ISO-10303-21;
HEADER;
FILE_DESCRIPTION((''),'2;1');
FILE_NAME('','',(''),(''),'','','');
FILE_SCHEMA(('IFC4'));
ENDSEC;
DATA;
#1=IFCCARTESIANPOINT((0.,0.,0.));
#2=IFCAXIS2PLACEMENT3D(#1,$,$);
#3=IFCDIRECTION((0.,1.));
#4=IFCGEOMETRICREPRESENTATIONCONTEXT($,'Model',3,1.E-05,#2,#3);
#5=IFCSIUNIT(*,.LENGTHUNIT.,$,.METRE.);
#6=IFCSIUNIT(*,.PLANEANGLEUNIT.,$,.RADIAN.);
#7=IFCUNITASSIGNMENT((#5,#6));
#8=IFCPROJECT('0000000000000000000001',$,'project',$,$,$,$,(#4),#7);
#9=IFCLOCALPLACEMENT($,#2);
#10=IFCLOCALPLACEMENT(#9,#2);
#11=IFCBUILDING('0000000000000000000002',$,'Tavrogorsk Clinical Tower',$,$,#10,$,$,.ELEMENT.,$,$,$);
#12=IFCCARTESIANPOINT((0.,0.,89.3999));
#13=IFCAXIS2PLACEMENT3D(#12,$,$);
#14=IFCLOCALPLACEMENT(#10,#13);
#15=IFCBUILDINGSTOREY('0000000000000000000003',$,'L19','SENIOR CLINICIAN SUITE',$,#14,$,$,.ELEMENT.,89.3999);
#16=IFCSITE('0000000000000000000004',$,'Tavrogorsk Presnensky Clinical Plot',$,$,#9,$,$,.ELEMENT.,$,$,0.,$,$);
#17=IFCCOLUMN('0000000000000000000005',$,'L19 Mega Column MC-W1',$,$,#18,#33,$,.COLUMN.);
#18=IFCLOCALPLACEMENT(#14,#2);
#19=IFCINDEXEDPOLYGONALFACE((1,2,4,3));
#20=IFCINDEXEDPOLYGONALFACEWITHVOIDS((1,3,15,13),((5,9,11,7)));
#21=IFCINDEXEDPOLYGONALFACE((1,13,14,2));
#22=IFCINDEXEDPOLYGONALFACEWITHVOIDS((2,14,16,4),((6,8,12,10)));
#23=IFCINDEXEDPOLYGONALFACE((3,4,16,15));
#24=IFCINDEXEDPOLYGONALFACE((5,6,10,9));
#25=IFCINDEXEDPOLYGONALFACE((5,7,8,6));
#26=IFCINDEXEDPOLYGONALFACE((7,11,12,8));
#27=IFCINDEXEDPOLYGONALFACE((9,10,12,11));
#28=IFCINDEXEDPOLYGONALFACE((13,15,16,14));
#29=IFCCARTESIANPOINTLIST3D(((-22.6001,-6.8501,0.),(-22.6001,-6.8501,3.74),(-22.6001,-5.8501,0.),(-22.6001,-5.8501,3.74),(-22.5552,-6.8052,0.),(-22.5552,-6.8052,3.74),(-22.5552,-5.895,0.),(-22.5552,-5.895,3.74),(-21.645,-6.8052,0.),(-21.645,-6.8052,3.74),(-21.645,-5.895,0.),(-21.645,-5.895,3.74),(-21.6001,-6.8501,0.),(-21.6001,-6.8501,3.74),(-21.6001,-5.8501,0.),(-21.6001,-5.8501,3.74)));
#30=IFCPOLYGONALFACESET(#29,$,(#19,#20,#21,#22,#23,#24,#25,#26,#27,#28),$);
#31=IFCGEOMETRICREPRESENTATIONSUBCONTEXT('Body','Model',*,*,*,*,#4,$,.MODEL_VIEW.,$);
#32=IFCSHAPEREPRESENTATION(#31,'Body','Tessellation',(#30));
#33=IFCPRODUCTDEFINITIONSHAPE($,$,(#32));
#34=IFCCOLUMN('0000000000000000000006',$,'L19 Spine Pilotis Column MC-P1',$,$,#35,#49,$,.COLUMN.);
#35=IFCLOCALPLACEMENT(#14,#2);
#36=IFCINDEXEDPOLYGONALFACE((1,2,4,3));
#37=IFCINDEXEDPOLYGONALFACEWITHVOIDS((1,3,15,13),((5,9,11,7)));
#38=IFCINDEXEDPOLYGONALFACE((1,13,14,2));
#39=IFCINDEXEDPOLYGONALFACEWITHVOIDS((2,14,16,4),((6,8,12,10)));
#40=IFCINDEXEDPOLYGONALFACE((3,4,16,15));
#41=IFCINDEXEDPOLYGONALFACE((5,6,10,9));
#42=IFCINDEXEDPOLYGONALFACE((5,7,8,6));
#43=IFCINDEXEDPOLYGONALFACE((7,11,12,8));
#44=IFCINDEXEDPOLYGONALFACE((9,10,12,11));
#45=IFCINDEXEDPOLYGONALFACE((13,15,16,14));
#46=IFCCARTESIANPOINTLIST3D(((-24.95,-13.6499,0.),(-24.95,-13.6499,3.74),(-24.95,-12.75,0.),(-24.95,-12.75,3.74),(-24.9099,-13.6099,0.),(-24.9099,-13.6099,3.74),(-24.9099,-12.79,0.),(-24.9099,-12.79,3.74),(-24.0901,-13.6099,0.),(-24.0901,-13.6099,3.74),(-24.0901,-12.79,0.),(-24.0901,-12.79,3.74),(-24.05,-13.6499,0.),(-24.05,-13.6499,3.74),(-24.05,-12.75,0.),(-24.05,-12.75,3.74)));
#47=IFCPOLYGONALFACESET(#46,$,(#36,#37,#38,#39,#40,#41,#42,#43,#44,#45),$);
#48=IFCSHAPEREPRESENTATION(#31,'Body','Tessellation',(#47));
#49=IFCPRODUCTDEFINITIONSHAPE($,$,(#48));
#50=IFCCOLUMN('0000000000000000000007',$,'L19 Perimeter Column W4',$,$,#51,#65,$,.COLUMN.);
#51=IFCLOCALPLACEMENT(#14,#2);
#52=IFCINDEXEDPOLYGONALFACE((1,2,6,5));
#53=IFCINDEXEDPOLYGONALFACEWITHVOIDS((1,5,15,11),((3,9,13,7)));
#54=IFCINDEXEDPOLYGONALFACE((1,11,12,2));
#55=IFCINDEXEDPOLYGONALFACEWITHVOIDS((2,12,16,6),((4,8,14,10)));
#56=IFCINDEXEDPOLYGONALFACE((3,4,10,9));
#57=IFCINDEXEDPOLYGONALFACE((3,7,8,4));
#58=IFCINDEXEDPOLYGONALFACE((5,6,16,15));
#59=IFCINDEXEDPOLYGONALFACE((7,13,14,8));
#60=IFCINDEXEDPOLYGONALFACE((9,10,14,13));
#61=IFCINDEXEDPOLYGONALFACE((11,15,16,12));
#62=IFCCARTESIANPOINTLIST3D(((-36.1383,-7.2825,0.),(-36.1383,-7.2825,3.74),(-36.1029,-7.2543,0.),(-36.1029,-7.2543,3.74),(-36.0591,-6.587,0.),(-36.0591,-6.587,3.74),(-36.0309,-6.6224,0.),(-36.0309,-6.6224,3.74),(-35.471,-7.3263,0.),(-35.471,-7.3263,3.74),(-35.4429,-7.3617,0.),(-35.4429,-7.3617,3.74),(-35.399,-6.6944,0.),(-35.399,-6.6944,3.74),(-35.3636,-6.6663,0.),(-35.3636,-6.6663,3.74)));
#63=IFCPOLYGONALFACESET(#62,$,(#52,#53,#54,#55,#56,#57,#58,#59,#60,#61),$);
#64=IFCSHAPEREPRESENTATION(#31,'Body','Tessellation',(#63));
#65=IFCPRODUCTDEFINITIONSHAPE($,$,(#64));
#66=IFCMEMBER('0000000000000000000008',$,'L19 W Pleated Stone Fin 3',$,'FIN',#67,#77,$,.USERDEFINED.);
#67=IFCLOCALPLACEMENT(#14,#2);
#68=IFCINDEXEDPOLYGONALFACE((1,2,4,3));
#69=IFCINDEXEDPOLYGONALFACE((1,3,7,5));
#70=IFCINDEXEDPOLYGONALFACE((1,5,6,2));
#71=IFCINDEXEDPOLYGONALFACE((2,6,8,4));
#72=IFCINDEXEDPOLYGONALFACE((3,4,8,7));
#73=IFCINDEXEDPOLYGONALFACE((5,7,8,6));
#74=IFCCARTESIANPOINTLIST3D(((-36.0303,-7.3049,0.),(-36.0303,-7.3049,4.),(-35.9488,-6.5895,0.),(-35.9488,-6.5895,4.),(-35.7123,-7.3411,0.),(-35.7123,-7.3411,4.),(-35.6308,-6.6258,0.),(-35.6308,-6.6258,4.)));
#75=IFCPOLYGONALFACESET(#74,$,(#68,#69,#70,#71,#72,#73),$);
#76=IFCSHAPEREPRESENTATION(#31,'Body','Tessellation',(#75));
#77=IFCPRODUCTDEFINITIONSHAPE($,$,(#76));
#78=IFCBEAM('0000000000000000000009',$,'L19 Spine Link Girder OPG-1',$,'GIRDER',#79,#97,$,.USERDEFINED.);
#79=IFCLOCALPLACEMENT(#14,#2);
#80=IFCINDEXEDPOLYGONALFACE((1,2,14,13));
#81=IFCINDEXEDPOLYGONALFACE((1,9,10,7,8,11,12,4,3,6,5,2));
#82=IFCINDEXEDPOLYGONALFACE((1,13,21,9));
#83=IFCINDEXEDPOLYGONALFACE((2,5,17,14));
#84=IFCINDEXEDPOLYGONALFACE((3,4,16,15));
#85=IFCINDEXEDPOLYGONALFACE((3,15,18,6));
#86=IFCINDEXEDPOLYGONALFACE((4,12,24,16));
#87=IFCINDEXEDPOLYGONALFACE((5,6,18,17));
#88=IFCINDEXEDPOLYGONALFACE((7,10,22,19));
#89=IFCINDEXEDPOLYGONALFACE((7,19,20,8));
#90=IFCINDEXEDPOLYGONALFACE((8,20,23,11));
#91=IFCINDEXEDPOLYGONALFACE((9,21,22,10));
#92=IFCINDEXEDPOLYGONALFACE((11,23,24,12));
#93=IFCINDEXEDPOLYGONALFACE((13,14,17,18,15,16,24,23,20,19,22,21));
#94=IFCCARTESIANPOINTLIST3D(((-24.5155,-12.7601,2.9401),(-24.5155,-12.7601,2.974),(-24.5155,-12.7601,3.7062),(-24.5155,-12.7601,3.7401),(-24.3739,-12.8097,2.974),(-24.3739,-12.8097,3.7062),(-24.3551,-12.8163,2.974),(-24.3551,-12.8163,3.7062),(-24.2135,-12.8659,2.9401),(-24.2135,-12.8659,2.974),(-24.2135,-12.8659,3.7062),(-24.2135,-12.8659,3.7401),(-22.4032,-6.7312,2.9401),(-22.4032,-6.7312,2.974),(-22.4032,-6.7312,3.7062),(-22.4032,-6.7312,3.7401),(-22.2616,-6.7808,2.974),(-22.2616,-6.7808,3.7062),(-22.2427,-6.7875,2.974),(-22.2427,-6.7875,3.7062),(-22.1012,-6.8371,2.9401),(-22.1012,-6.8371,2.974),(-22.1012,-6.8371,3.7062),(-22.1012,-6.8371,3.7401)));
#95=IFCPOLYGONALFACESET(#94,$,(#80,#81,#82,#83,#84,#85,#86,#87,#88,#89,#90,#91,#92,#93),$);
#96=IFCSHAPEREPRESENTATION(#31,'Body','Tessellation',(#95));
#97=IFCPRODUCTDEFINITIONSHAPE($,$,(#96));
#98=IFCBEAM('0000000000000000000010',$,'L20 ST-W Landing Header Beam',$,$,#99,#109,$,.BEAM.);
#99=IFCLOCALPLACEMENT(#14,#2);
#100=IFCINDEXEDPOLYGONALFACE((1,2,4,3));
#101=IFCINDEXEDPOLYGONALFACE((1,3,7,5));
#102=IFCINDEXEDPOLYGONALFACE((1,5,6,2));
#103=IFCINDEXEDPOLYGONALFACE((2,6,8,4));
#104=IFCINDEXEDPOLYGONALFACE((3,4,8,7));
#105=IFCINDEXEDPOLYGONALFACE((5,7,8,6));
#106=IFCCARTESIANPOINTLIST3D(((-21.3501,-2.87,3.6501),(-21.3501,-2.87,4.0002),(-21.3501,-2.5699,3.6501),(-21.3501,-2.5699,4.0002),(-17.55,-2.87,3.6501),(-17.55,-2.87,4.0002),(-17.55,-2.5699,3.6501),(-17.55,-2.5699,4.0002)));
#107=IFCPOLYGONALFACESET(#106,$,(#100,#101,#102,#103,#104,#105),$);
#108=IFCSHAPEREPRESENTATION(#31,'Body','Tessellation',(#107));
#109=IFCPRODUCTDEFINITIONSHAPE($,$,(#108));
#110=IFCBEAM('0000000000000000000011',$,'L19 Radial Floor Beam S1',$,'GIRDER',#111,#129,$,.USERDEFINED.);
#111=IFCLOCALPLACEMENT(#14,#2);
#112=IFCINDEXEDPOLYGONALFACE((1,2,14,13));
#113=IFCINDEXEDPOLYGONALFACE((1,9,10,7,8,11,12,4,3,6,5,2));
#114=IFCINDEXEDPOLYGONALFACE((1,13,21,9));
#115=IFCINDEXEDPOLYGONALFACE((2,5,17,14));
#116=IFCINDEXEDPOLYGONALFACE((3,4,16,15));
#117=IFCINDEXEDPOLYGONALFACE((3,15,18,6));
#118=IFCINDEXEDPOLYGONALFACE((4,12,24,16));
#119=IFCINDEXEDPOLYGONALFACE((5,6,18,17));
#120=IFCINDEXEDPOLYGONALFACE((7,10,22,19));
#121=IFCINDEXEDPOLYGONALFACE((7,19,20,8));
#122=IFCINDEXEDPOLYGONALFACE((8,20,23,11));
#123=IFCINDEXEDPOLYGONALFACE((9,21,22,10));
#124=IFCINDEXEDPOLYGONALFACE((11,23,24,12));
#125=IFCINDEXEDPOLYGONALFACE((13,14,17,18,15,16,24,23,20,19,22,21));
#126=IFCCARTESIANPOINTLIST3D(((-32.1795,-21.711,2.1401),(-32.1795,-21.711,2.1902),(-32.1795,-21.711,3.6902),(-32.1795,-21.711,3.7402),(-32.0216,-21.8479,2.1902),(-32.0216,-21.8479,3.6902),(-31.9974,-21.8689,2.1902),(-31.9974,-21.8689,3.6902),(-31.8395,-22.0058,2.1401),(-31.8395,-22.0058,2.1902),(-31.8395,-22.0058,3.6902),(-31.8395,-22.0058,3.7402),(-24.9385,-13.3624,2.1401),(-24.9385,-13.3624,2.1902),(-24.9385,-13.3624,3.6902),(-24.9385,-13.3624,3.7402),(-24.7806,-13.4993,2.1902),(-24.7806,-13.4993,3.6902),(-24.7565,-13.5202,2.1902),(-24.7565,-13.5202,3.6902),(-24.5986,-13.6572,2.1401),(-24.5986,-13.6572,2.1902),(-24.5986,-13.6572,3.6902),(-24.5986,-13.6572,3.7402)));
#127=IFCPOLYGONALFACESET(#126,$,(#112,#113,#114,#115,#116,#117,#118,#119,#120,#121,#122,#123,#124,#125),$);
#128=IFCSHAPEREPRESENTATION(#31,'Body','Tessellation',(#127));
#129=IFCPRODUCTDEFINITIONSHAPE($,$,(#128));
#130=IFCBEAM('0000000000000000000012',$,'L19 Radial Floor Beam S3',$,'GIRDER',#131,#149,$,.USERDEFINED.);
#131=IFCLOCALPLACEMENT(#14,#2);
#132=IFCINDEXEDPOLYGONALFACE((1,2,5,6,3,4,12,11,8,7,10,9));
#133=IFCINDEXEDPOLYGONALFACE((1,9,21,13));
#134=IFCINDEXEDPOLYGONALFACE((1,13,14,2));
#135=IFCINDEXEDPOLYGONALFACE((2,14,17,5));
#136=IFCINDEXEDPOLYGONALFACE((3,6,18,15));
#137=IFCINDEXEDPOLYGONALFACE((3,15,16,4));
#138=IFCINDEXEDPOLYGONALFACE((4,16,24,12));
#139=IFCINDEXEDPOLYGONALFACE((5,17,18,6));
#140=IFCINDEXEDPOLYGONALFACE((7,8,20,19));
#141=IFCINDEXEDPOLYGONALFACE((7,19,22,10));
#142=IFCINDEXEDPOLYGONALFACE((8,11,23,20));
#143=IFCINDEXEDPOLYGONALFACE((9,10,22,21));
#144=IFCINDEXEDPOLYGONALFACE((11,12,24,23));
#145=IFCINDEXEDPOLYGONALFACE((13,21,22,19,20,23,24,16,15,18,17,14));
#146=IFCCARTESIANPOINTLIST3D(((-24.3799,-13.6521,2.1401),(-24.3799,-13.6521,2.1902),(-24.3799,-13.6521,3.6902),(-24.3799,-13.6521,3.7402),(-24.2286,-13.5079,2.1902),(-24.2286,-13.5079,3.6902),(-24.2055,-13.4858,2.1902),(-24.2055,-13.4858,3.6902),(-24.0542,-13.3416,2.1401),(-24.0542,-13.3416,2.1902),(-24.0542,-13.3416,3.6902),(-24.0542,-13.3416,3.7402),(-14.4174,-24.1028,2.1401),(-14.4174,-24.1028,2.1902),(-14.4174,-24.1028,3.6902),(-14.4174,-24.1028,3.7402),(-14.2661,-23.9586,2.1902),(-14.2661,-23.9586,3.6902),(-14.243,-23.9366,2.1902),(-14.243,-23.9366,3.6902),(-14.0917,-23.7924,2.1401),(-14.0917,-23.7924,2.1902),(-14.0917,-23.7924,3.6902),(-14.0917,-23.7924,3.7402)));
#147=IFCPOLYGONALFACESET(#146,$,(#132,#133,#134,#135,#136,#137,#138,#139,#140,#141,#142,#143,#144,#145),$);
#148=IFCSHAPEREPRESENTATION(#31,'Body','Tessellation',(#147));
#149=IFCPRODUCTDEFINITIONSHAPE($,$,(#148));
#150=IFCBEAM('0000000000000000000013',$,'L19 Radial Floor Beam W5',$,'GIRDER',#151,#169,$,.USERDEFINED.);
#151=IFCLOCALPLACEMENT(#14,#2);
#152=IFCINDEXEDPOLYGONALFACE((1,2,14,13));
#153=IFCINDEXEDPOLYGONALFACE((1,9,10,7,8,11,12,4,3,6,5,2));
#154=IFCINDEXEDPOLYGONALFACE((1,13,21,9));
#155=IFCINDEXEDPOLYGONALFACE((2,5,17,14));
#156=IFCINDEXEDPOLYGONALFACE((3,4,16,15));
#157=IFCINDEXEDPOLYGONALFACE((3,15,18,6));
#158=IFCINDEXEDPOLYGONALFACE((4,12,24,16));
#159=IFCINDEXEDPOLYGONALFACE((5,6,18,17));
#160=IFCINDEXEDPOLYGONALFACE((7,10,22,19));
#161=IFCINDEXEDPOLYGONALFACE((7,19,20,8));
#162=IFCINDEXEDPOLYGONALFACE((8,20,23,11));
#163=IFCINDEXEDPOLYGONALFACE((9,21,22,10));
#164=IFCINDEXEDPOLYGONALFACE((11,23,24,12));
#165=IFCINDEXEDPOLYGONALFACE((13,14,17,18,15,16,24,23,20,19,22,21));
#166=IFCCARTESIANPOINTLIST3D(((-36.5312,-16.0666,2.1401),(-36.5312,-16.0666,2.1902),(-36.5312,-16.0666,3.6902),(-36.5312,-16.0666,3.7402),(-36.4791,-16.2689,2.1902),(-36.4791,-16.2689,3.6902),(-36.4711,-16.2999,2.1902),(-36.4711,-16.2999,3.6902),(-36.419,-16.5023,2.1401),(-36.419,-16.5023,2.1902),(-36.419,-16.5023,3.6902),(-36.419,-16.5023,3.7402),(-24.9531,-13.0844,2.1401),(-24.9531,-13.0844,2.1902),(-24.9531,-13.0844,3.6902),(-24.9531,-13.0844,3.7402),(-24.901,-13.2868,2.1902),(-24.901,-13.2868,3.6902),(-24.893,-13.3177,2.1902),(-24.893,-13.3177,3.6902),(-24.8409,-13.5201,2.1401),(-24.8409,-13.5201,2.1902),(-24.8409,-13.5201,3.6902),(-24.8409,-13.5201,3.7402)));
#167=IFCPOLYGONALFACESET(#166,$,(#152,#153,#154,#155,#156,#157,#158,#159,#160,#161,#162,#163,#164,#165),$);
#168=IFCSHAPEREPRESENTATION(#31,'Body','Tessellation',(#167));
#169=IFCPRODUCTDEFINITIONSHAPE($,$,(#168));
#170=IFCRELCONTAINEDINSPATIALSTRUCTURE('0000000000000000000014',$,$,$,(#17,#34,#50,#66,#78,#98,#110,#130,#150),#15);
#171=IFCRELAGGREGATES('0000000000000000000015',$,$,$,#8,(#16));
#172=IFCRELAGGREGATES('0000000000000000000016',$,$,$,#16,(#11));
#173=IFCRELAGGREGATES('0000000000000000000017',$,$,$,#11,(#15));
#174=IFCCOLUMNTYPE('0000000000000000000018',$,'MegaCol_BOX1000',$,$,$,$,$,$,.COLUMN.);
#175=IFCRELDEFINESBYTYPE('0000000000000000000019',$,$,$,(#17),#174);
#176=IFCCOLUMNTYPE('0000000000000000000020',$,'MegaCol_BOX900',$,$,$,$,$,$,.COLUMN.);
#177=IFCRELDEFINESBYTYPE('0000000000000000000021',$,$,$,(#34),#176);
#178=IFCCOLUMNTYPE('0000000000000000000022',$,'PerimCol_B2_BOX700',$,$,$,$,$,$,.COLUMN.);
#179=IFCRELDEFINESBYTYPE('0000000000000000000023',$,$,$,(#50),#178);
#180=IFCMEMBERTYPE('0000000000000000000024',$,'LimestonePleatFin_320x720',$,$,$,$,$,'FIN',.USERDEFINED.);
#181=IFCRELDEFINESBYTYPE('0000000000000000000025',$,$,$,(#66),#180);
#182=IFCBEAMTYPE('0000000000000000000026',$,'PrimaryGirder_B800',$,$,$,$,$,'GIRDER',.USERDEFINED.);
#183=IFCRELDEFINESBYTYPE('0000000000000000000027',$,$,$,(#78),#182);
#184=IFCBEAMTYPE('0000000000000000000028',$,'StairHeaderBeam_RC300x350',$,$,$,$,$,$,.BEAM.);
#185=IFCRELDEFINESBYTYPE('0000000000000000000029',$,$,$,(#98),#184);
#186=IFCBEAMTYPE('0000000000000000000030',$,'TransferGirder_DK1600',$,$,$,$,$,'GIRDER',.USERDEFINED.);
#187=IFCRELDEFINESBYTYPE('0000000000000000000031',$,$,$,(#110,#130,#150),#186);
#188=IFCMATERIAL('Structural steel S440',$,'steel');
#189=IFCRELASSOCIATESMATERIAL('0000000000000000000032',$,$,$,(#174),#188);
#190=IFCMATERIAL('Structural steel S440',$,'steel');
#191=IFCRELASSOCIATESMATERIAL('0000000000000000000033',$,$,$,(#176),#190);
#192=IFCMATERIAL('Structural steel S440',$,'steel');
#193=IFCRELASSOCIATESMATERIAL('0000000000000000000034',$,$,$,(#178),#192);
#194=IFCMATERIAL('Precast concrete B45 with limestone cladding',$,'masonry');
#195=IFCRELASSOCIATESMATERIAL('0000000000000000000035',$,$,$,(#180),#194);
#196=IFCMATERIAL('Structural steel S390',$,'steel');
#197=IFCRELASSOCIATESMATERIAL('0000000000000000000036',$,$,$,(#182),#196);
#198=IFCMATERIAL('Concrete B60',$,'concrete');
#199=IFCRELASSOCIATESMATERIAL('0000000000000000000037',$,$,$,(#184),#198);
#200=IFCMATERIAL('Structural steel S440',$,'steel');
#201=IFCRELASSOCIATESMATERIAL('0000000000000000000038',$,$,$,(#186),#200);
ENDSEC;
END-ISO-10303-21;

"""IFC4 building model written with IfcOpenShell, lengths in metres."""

from ifc_helpers import new_model, si_unit, direction, frame, origin, origin_2d, place, context, subcontext, project, spatial, rectangle, hollow_rectangle, i_section, extrude, material, material_profile, profile_set, type_object, element, save


model = new_model("IFC4")

# Units and contexts
model_context = context("Model", 3, precision=1e-05, world=origin(), true_north=direction((0.0, 1.0)))
body_context = subcontext(model_context, "Body", "Model", "MODEL_VIEW")
ifc_project = project(units=[si_unit("LENGTHUNIT", "METRE"), si_unit("PLANEANGLEUNIT", "RADIAN")], contexts=[model_context])

# Site, building, storey
site_placement = place(None, origin())
site = spatial("IfcSite", under=ifc_project, at=site_placement, Name="Tavrogorsk Presnensky Clinical Plot", CompositionType="ELEMENT", RefElevation=0.0)
building_placement = place(site_placement, origin())
building = spatial("IfcBuilding", under=site, at=building_placement, Name="Tavrogorsk Clinical Tower", CompositionType="ELEMENT")
storey_placement = place(building_placement, frame((0.0, 0.0, 89.3999)))
storey = spatial("IfcBuildingStorey", under=building, at=storey_placement, Name="L19", Description="SENIOR CLINICIAN SUITE", CompositionType="ELEMENT", Elevation=89.3999)

# Columns
ifc_material_1 = material(Name="Structural steel S440", Category="steel")
ifc_material_profile_1 = material_profile(ifc_material_1, hollow_rectangle(XDim=1.0, YDim=1.0, WallThickness=0.0449, at=origin_2d()), Name="BOX-1000x1000x45")
ifc_profile_set_1 = profile_set([ifc_material_profile_1], Name="Structural steel S440")
column_type_1 = type_object("IfcColumnType", Name="MegaCol_BOX1000", PredefinedType="COLUMN", material=ifc_profile_set_1)
column_1_placement = place(storey_placement, frame((-22.1001, -6.3501, 0.0), z_axis=(0.0, 0.0, 1.0), x_axis=(1.0, 0.0, 0.0)))
element("IfcColumn", 1, at=column_1_placement, inside=storey, type_object=column_type_1, Name="L19 Mega Column MC-W1", PredefinedType="COLUMN", context=body_context, shape_type="SweptSolid", body=[
    extrude(hollow_rectangle(XDim=1.0, YDim=1.0, WallThickness=0.0449, at=origin_2d()), origin(), (0.0, 0.0, 1.0), 3.74),
])
ifc_material_2 = material(Name="Structural steel S440", Category="steel")
ifc_material_profile_2 = material_profile(ifc_material_2, hollow_rectangle(XDim=0.8999, YDim=0.8999, WallThickness=0.04, at=origin_2d()), Name="BOX-900x900x40")
ifc_profile_set_2 = profile_set([ifc_material_profile_2], Name="Structural steel S440")
column_type_2 = type_object("IfcColumnType", Name="MegaCol_BOX900", PredefinedType="COLUMN", material=ifc_profile_set_2)
column_2_placement = place(storey_placement, frame((-24.5, -13.2, 0.0), z_axis=(0.0, 0.0, 1.0), x_axis=(1.0, 0.0, 0.0)))
element("IfcColumn", 2, at=column_2_placement, inside=storey, type_object=column_type_2, Name="L19 Spine Pilotis Column MC-P1", PredefinedType="COLUMN", context=body_context, shape_type="SweptSolid", body=[
    extrude(hollow_rectangle(XDim=0.8999, YDim=0.8999, WallThickness=0.04, at=origin_2d()), origin(), (0.0, 0.0, 1.0), 3.74),
])
ifc_material_3 = material(Name="Structural steel S440", Category="steel")
ifc_material_profile_3 = material_profile(ifc_material_3, hollow_rectangle(XDim=0.7, YDim=0.7, WallThickness=0.032, at=origin_2d()), Name="BOX-700x700x32")
ifc_profile_set_3 = profile_set([ifc_material_profile_3], Name="Structural steel S440")
column_type_3 = type_object("IfcColumnType", Name="PerimCol_B2_BOX700", PredefinedType="COLUMN", material=ifc_profile_set_3)
column_3_placement = place(storey_placement, frame((-35.751, -6.9744, 0.0), z_axis=(0.0, 0.0, 1.0), x_axis=(0.993572, -0.113203, 0.0)))
element("IfcColumn", 3, at=column_3_placement, inside=storey, type_object=column_type_3, Name="L19 Perimeter Column W4", PredefinedType="COLUMN", context=body_context, shape_type="SweptSolid", body=[
    extrude(hollow_rectangle(XDim=0.7, YDim=0.7, WallThickness=0.032, at=origin_2d()), origin(), (0.0, 0.0, 1.0), 3.74),
])

# Member
ifc_material_4 = material(Name="Precast concrete B45 with limestone cladding", Category="masonry")
ifc_material_profile_4 = material_profile(ifc_material_4, rectangle(XDim=0.3201, YDim=0.72, at=origin_2d()), Name="LIMESTONE-FIN-320x720")
ifc_profile_set_4 = profile_set([ifc_material_profile_4], Name="Precast concrete B45 with limestone cladding")
member_type = type_object("IfcMemberType", Name="LimestonePleatFin_320x720", ElementType="FIN", PredefinedType="USERDEFINED", material=ifc_profile_set_4)
member_placement = place(storey_placement, frame((-35.8306, -6.9653, 0.0), z_axis=(0.0, 0.0, 1.0), x_axis=(0.993572, -0.113203, 0.0)))
element("IfcMember", 4, at=member_placement, inside=storey, type_object=member_type, Name="L19 W Pleated Stone Fin 3", ObjectType="FIN", PredefinedType="USERDEFINED", context=body_context, shape_type="SweptSolid", body=[
    extrude(rectangle(XDim=0.3201, YDim=0.72, at=origin_2d()), origin(), (0.0, 0.0, 1.0), 4.0),
])

# Beams
ifc_material_5 = material(Name="Structural steel S390", Category="steel")
ifc_material_profile_5 = material_profile(ifc_material_5, i_section(OverallWidth=0.3201, OverallDepth=0.8, WebThickness=0.02, FlangeThickness=0.0339, at=origin_2d()), Name="B-800x320x20x34")
ifc_profile_set_5 = profile_set([ifc_material_profile_5], Name="Structural steel S390")
beam_type_1 = type_object("IfcBeamType", Name="PrimaryGirder_B800", ElementType="GIRDER", PredefinedType="USERDEFINED", material=ifc_profile_set_5)
beam_1_placement = place(storey_placement, frame((-24.3645, -12.813, 3.3401), z_axis=(0.33066, 0.94375, 0.0), x_axis=(-0.94375, 0.33066, 0.0)))
element("IfcBeam", 5, at=beam_1_placement, inside=storey, type_object=beam_type_1, Name="L19 Spine Link Girder OPG-1", ObjectType="GIRDER", PredefinedType="USERDEFINED", context=body_context, shape_type="SweptSolid", body=[
    extrude(i_section(OverallWidth=0.3201, OverallDepth=0.8, WebThickness=0.02, FlangeThickness=0.0339, at=origin_2d()), origin(), (0.0, 0.0, 1.0), 6.3882),
])
ifc_material_6 = material(Name="Concrete B60", Category="concrete")
ifc_material_profile_6 = material_profile(ifc_material_6, rectangle(XDim=0.3, YDim=0.3501, at=origin_2d()), Name="RC-SHB-300x350")
ifc_profile_set_6 = profile_set([ifc_material_profile_6], Name="Concrete B60")
beam_type_2 = type_object("IfcBeamType", Name="StairHeaderBeam_RC300x350", PredefinedType="BEAM", material=ifc_profile_set_6)
beam_2_placement = place(storey_placement, frame((-21.3501, -2.72, 3.8252), z_axis=(1.0, 0.0, 0.0), x_axis=(0.0, 1.0, 0.0)))
element("IfcBeam", 6, at=beam_2_placement, inside=storey, type_object=beam_type_2, Name="L20 ST-W Landing Header Beam", PredefinedType="BEAM", context=body_context, shape_type="SweptSolid", body=[
    extrude(rectangle(XDim=0.3, YDim=0.3501, at=origin_2d()), origin(), (0.0, 0.0, 1.0), 3.8),
])
ifc_material_7 = material(Name="Structural steel S440", Category="steel")
ifc_material_profile_7 = material_profile(ifc_material_7, i_section(OverallWidth=0.45, OverallDepth=1.6001, WebThickness=0.032, FlangeThickness=0.05, at=origin_2d()), Name="DK-1600x450x32x50")
ifc_profile_set_7 = profile_set([ifc_material_profile_7], Name="Structural steel S440")
beam_type_3 = type_object("IfcBeamType", Name="TransferGirder_DK1600", ElementType="GIRDER", PredefinedType="USERDEFINED", material=ifc_profile_set_7)
beam_3_placement = place(storey_placement, frame((-24.7686, -13.5098, 2.9402), z_axis=(-0.655214, -0.755443, 0.0), x_axis=(0.755443, -0.655214, 0.0)))
element("IfcBeam", 7, at=beam_3_placement, inside=storey, type_object=beam_type_3, Name="L19 Radial Floor Beam S1", ObjectType="GIRDER", PredefinedType="USERDEFINED", context=body_context, shape_type="SweptSolid", body=[
    extrude(i_section(OverallWidth=0.45, OverallDepth=1.6001, WebThickness=0.032, FlangeThickness=0.05, at=origin_2d()), origin(), (0.0, 0.0, 1.0), 11.0513),
])
beam_4_placement = place(storey_placement, frame((-24.217, -13.4968, 2.9402), z_axis=(0.689995, -0.723814, 0.0), x_axis=(0.723814, 0.689995, 0.0)))
element("IfcBeam", 8, at=beam_4_placement, inside=storey, type_object=beam_type_3, Name="L19 Radial Floor Beam S3", ObjectType="GIRDER", PredefinedType="USERDEFINED", context=body_context, shape_type="SweptSolid", body=[
    extrude(i_section(OverallWidth=0.45, OverallDepth=1.6001, WebThickness=0.032, FlangeThickness=0.05, at=origin_2d()), origin(), (0.0, 0.0, 1.0), 14.4385),
])
beam_5_placement = place(storey_placement, frame((-24.897, -13.3022, 2.9402), z_axis=(-0.968393, -0.249429, 0.0), x_axis=(0.249429, -0.968393, 0.0)))
element("IfcBeam", 9, at=beam_5_placement, inside=storey, type_object=beam_type_3, Name="L19 Radial Floor Beam W5", ObjectType="GIRDER", PredefinedType="USERDEFINED", context=body_context, shape_type="SweptSolid", body=[
    extrude(i_section(OverallWidth=0.45, OverallDepth=1.6001, WebThickness=0.032, FlangeThickness=0.05, at=origin_2d()), origin(), (0.0, 0.0, 1.0), 11.9561),
])

save(model, "model.ifc")
